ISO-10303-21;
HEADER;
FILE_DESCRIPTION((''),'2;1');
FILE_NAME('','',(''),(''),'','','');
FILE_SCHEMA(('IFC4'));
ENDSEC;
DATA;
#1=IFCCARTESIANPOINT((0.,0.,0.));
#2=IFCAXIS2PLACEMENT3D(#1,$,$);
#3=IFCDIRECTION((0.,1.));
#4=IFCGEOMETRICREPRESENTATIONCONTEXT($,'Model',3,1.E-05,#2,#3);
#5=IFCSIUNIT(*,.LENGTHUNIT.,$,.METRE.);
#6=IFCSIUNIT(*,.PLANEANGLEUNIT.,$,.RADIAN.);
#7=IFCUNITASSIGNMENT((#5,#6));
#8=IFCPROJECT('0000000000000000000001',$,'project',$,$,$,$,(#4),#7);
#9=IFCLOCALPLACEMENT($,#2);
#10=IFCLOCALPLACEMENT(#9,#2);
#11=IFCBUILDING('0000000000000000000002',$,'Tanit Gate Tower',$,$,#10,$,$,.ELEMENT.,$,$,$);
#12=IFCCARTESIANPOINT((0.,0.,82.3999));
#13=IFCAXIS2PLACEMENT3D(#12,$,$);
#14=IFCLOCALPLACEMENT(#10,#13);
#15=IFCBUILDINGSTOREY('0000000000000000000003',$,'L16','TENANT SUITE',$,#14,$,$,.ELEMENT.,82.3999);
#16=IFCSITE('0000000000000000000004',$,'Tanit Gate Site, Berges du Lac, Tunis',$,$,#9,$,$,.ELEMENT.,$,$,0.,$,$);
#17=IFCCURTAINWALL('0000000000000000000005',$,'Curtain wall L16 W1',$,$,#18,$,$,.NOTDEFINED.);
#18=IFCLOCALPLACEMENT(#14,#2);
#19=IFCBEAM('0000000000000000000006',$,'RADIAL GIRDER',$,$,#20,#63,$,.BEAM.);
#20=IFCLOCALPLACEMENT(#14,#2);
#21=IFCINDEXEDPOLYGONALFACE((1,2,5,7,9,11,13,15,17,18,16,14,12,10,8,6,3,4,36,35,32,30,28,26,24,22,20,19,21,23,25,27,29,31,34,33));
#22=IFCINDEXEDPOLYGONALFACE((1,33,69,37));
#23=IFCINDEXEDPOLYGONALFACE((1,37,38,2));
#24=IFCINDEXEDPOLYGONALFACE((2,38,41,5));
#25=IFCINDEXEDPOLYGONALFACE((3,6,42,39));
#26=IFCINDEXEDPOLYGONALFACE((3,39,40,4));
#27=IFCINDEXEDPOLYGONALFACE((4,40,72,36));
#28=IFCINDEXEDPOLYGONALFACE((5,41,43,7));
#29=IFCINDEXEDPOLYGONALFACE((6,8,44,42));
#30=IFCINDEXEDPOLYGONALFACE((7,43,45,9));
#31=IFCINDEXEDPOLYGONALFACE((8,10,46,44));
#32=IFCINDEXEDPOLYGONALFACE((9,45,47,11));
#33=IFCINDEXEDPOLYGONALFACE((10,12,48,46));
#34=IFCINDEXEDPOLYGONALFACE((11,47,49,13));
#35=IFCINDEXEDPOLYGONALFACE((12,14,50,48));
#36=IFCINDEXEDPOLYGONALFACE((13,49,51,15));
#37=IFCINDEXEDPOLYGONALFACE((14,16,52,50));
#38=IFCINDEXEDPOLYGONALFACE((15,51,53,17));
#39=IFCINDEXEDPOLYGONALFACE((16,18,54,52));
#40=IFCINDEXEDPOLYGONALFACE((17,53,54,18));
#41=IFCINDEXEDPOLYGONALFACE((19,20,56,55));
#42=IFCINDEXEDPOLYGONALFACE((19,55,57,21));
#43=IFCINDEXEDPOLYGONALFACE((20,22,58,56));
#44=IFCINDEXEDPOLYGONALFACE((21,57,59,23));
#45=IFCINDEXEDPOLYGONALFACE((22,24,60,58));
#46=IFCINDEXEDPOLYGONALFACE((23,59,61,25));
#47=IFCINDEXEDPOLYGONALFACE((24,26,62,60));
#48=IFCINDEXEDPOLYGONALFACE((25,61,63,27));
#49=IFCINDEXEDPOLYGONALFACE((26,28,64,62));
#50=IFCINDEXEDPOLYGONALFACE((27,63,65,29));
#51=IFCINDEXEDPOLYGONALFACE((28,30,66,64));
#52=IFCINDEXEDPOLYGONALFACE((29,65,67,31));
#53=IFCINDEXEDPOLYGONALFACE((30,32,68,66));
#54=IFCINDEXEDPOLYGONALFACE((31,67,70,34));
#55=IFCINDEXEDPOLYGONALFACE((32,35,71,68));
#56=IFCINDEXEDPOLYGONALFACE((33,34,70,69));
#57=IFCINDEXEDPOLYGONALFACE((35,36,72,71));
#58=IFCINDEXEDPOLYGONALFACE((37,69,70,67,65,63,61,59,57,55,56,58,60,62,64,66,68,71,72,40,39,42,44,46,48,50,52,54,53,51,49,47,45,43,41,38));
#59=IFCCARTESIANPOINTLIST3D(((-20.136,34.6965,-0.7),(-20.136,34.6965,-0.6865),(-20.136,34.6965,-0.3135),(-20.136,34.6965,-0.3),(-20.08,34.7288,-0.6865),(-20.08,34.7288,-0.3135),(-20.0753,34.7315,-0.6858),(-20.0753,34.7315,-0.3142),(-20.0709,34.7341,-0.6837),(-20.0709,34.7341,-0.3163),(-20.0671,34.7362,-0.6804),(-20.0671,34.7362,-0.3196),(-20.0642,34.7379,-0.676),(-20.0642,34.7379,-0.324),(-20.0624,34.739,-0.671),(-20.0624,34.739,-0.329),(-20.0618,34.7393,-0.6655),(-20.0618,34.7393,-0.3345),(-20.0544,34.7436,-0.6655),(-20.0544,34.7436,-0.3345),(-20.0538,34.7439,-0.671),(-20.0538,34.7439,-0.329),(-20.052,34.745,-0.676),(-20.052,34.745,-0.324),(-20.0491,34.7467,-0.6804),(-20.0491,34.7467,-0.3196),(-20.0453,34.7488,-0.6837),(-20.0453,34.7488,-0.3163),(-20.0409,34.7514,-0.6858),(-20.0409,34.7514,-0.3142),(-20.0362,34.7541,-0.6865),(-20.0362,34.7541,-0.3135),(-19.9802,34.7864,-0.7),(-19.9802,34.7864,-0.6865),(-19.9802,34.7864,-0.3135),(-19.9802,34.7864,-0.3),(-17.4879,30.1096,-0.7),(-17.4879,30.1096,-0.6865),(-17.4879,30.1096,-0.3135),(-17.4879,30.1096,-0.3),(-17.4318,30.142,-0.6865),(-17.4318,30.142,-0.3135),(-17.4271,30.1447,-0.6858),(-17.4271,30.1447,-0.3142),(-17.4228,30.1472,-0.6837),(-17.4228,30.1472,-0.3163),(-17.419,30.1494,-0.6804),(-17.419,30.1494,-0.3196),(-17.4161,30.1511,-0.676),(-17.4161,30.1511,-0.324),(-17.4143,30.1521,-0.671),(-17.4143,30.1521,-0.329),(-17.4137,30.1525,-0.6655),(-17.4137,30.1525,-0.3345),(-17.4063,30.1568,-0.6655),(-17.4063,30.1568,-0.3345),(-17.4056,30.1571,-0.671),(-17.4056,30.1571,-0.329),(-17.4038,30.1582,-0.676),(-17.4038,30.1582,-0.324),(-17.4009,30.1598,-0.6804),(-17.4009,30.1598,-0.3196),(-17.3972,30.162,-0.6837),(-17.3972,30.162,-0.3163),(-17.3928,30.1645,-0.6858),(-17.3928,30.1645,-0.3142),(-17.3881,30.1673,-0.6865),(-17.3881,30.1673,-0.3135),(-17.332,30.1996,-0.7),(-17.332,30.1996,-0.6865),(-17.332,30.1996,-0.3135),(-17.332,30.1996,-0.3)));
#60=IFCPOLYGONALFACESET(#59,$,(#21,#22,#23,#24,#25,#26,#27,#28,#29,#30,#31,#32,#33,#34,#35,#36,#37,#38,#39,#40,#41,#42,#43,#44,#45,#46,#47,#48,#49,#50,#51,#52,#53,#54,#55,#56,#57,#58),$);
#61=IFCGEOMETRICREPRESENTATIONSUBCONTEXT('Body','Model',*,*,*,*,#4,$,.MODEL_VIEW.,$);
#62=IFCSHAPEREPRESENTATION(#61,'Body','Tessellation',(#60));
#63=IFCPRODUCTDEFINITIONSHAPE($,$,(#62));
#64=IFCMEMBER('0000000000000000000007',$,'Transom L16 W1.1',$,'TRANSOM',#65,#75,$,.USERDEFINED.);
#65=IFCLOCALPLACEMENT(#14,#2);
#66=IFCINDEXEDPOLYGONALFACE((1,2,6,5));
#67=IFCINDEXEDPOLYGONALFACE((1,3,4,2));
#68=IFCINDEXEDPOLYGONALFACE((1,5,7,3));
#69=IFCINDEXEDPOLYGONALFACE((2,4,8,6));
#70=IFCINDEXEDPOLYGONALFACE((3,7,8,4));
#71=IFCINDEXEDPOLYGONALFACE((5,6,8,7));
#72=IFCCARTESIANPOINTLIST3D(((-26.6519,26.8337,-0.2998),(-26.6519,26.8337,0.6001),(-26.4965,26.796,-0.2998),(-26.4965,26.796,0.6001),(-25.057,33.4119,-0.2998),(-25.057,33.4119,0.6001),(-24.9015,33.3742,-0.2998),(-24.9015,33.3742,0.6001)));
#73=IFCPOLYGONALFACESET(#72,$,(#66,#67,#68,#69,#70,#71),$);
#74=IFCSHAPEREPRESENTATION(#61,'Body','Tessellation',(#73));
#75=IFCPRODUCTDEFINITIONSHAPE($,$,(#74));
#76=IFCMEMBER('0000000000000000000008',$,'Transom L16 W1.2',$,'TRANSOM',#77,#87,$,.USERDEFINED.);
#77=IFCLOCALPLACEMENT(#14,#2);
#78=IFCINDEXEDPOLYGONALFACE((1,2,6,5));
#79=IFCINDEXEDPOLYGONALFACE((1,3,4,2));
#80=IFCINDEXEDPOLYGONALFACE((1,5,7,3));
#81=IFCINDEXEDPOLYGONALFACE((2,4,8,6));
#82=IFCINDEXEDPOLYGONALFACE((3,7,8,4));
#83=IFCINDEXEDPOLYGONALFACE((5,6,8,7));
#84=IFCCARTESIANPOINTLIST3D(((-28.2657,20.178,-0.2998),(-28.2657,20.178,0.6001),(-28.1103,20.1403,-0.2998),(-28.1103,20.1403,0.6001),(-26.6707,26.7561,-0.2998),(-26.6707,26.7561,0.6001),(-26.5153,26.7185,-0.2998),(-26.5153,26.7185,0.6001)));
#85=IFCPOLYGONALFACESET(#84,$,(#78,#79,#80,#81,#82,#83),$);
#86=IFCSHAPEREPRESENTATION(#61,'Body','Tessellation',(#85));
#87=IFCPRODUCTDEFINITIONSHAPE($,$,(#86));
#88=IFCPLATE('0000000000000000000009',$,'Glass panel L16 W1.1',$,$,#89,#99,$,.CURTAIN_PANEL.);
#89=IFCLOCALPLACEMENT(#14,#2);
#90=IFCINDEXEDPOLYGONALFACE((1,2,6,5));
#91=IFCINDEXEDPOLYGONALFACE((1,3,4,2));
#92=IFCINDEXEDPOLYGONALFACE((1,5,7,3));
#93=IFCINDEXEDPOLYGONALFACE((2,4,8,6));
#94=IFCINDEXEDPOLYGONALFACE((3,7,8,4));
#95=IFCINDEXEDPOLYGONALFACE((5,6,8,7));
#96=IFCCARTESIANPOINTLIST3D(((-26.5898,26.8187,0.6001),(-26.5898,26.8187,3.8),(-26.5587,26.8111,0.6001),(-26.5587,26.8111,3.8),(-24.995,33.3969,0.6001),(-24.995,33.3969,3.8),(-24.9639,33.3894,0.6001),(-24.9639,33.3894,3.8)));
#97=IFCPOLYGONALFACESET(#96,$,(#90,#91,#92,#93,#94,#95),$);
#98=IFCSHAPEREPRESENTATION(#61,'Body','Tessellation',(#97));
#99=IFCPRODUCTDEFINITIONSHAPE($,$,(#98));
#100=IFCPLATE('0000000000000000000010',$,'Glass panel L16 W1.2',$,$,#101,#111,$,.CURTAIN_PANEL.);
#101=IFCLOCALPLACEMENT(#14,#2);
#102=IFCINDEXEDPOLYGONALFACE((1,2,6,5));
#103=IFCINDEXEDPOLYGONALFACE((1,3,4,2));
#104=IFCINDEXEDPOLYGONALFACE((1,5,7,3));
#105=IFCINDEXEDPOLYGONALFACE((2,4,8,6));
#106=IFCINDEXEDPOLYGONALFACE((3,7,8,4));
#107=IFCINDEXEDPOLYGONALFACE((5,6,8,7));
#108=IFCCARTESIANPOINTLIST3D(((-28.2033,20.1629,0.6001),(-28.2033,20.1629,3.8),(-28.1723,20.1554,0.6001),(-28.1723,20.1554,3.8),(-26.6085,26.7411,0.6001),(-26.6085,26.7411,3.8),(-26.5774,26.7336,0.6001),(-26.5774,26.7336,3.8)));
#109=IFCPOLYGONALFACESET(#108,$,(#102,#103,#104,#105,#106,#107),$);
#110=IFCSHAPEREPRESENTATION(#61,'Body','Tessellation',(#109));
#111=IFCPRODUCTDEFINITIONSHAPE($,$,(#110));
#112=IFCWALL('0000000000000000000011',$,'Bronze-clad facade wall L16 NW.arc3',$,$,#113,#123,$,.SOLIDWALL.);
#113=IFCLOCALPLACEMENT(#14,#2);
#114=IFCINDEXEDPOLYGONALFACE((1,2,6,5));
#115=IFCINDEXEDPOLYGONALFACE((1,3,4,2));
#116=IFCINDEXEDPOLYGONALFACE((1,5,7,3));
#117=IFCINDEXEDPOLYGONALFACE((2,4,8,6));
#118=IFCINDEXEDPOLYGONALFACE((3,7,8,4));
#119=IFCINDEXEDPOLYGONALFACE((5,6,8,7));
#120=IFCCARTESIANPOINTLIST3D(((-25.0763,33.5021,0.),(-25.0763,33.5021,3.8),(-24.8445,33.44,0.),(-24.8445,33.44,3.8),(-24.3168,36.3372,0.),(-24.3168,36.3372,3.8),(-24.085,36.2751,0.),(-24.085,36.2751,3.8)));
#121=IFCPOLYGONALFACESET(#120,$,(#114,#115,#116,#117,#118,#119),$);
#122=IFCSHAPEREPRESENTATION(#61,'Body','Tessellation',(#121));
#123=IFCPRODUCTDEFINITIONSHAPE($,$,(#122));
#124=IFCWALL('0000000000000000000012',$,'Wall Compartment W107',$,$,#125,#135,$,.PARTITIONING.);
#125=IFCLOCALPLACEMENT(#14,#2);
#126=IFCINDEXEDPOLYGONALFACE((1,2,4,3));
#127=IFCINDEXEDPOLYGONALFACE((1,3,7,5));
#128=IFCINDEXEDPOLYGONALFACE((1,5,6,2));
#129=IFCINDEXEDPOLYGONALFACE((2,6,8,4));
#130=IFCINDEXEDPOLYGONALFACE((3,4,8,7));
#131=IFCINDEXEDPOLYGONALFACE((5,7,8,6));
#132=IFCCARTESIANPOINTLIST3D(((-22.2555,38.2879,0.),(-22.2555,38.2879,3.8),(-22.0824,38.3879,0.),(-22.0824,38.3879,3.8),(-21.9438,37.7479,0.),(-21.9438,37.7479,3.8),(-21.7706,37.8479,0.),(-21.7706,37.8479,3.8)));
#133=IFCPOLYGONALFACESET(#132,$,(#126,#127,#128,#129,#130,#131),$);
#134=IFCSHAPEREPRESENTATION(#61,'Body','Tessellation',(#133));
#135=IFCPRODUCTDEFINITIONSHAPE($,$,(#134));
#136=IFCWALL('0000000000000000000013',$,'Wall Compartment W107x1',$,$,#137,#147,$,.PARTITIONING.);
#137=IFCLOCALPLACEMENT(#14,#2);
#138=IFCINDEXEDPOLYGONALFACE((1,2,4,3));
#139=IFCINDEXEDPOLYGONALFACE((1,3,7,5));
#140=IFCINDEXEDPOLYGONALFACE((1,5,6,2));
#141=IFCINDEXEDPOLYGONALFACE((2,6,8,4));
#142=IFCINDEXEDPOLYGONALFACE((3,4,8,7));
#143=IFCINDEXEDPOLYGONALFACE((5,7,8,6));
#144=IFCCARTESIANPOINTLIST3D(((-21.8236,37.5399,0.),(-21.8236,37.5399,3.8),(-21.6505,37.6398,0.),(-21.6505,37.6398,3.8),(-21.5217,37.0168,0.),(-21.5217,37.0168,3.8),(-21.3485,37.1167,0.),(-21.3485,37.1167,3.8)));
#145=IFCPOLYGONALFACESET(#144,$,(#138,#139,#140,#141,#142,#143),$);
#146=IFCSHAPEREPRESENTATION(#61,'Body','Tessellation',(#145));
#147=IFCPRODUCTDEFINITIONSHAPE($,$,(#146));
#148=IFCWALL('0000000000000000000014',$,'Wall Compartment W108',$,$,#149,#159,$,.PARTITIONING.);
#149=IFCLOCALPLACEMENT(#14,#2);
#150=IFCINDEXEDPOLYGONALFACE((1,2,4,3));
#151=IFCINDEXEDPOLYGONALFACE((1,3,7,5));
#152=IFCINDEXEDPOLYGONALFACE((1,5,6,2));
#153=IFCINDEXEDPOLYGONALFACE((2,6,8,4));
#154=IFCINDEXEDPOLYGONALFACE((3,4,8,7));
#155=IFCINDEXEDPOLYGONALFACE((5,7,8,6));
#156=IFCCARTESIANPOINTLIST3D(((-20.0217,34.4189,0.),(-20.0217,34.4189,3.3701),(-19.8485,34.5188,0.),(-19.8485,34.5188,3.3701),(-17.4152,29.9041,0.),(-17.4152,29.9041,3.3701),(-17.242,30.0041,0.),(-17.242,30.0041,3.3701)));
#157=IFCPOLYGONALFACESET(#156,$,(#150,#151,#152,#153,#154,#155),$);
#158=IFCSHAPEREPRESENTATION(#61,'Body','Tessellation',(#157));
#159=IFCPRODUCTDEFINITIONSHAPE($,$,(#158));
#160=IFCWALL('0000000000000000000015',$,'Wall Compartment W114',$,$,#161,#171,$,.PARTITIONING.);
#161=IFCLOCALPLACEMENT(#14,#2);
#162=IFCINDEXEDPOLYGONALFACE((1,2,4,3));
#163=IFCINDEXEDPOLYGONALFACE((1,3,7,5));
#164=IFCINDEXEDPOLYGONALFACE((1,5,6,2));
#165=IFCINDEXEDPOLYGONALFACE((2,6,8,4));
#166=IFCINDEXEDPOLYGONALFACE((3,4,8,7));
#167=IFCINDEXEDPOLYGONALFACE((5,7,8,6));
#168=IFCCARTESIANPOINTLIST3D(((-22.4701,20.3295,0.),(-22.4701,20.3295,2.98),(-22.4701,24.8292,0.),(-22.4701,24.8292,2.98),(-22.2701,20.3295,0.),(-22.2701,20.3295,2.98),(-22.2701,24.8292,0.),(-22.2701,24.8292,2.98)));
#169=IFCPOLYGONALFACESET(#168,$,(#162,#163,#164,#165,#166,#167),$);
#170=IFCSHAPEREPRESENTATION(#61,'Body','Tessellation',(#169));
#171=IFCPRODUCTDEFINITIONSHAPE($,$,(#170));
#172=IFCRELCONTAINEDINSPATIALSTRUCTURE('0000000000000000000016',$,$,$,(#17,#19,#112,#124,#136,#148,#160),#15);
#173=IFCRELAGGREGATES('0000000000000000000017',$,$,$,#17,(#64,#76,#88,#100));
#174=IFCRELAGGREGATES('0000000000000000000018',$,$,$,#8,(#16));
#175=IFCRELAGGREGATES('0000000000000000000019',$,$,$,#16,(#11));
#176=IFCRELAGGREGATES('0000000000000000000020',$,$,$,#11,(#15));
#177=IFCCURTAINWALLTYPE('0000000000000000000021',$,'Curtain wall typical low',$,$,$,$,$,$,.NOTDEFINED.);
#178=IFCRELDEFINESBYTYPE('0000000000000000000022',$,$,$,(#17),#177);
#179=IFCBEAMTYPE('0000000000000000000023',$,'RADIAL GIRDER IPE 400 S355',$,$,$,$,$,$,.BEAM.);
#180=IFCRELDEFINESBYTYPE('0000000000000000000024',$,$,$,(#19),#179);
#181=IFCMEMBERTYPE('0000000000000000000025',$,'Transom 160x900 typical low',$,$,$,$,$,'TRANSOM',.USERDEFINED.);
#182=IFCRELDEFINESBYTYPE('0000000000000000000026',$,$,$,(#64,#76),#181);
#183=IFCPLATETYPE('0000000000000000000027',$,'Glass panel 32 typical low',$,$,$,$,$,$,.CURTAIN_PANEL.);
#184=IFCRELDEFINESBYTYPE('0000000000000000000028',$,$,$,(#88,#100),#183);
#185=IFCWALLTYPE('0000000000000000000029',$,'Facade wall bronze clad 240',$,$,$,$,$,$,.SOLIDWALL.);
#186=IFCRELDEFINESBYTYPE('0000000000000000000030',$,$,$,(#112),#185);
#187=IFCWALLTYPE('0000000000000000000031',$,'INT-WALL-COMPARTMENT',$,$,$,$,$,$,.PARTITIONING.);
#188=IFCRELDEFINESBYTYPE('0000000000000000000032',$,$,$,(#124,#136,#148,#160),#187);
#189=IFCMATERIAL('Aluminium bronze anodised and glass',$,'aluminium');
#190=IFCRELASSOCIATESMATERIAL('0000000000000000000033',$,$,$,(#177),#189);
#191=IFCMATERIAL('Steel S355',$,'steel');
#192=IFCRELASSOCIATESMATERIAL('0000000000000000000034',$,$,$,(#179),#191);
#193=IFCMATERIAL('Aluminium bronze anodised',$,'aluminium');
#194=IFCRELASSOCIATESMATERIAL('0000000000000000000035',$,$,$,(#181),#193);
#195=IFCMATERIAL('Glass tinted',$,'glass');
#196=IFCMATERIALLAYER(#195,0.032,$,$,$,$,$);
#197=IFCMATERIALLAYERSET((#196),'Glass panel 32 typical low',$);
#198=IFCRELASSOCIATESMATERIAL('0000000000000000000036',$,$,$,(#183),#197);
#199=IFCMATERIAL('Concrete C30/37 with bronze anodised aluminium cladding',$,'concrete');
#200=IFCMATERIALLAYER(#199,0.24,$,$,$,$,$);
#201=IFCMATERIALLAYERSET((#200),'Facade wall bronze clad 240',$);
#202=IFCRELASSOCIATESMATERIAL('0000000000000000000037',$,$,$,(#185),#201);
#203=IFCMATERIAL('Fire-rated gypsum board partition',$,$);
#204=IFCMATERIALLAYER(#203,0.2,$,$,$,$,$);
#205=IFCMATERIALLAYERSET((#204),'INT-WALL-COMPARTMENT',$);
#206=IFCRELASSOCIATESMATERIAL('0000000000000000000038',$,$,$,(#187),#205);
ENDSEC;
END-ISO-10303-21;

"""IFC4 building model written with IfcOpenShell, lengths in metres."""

from ifc_helpers import new_model, si_unit, direction, frame, frame_2d, origin, origin_2d, place, context, subcontext, project, spatial, rectangle, i_section, extrude, material, layer, layer_set, material_profile, profile_set, type_object, element, aggregate, save


model = new_model("IFC4")

# Units and contexts
model_context = context("Model", 3, precision=1e-05, world=origin(), true_north=direction((0.0, 1.0)))
body_context = subcontext(model_context, "Body", "Model", "MODEL_VIEW")
ifc_project = project(units=[si_unit("LENGTHUNIT", "METRE"), si_unit("PLANEANGLEUNIT", "RADIAN")], contexts=[model_context])

# Site, building, storey
site_placement = place(None, origin())
site = spatial("IfcSite", under=ifc_project, at=site_placement, Name="Tanit Gate Site, Berges du Lac, Tunis", CompositionType="ELEMENT", RefElevation=0.0)
building_placement = place(site_placement, origin())
building = spatial("IfcBuilding", under=site, at=building_placement, Name="Tanit Gate Tower", CompositionType="ELEMENT")
storey_placement = place(building_placement, frame((0.0, 0.0, 82.3999)))
storey = spatial("IfcBuildingStorey", under=building, at=storey_placement, Name="L16", Description="TENANT SUITE", CompositionType="ELEMENT", Elevation=82.3999)

# Curtain wall
ifc_material_1 = material(Name="Aluminium bronze anodised and glass", Category="aluminium")
curtain_wall_type = type_object("IfcCurtainWallType", Name="Curtain wall typical low", PredefinedType="NOTDEFINED", material=ifc_material_1)
curtain_wall_placement = place(storey_placement, origin())
curtain_wall = element("IfcCurtainWall", 1, at=curtain_wall_placement, inside=storey, type_object=curtain_wall_type, Name="Curtain wall L16 W1", PredefinedType="NOTDEFINED")

# Beam
ifc_material_2 = material(Name="Steel S355", Category="steel")
ifc_material_profile_1 = material_profile(ifc_material_2, i_section(OverallWidth=0.1799, OverallDepth=0.3999, WebThickness=0.0085, FlangeThickness=0.0134, FilletRadius=0.021, at=origin_2d()), Name="IPE 400")
ifc_profile_set_1 = profile_set([ifc_material_profile_1], Name="Steel S355")
beam_type_1 = type_object("IfcBeamType", Name="RADIAL GIRDER IPE 400 S355", PredefinedType="BEAM", material=ifc_profile_set_1)
beam_1_placement = place(storey_placement, frame((-20.0581, 34.7415, -0.5), z_axis=(0.499991, -0.866031, 0.0), x_axis=(0.866031, 0.499991, 0.0)))
element("IfcBeam", 2, at=beam_1_placement, inside=storey, type_object=beam_type_1, Name="RADIAL GIRDER", PredefinedType="BEAM", context=body_context, shape_type="SweptSolid", body=[
    extrude(i_section(OverallWidth=0.1799, OverallDepth=0.3999, WebThickness=0.0085, FlangeThickness=0.0134, FilletRadius=0.021, at=origin_2d()), origin(), (0.0, 0.0, 1.0), 5.2964),
])

# Members
ifc_material_3 = material(Name="Aluminium bronze anodised", Category="aluminium")
ifc_material_profile_2 = material_profile(ifc_material_3, rectangle(XDim=0.1599, YDim=0.8999, at=origin_2d()), Name="160x900 bronze transom")
ifc_profile_set_2 = profile_set([ifc_material_profile_2], Name="Aluminium bronze anodised")
member_type_1 = type_object("IfcMemberType", Name="Transom 160x900 typical low", ElementType="TRANSOM", PredefinedType="USERDEFINED", material=ifc_profile_set_2)
member_1_placement = place(storey_placement, frame((-24.9792, 33.3931, 0.1501), z_axis=(-0.235638, -0.971841, 0.0), x_axis=(0.971841, -0.235638, 0.0)))
member_1 = element("IfcMember", 3, at=member_1_placement, type_object=member_type_1, Name="Transom L16 W1.1", ObjectType="TRANSOM", PredefinedType="USERDEFINED", context=body_context, shape_type="SweptSolid", body=[
    extrude(rectangle(XDim=0.1599, YDim=0.8999, at=origin_2d()), origin(), (0.0, 0.0, 1.0), 6.7688),
])
member_2_placement = place(storey_placement, frame((-26.593, 26.7373, 0.1501), z_axis=(-0.235638, -0.971841, 0.0), x_axis=(0.971841, -0.235638, 0.0)))
member_2 = element("IfcMember", 4, at=member_2_placement, type_object=member_type_1, Name="Transom L16 W1.2", ObjectType="TRANSOM", PredefinedType="USERDEFINED", context=body_context, shape_type="SweptSolid", body=[
    extrude(rectangle(XDim=0.1599, YDim=0.8999, at=origin_2d()), origin(), (0.0, 0.0, 1.0), 6.7688),
])

# Plates
ifc_material_4 = material(Name="Glass tinted", Category="glass")
ifc_layer_1 = layer(ifc_material_4, 0.032)
ifc_layer_set_1 = layer_set([ifc_layer_1], Name="Glass panel 32 typical low")
plate_type = type_object("IfcPlateType", Name="Glass panel 32 typical low", PredefinedType="CURTAIN_PANEL", material=ifc_layer_set_1)
plate_1_placement = place(storey_placement, frame((-25.7769, 30.104, 0.6001), z_axis=(0.0, 0.0, 1.0), x_axis=(-0.235618, -0.971846, 0.0)))
plate_1 = element("IfcPlate", 5, at=plate_1_placement, type_object=plate_type, Name="Glass panel L16 W1.1", PredefinedType="CURTAIN_PANEL", context=body_context, shape_type="SweptSolid", body=[
    extrude(rectangle(XDim=6.7688, YDim=0.032, at=origin_2d()), origin(), (0.0, 0.0, 1.0), 3.2),
])
plate_2_placement = place(storey_placement, frame((-27.3904, 23.4482, 0.6001), z_axis=(0.0, 0.0, 1.0), x_axis=(-0.235618, -0.971846, 0.0)))
plate_2 = element("IfcPlate", 6, at=plate_2_placement, type_object=plate_type, Name="Glass panel L16 W1.2", PredefinedType="CURTAIN_PANEL", context=body_context, shape_type="SweptSolid", body=[
    extrude(rectangle(XDim=6.7688, YDim=0.032, at=origin_2d()), origin(), (0.0, 0.0, 1.0), 3.2),
])
aggregate(curtain_wall, [member_1, member_2, plate_1, plate_2])

# Walls
ifc_material_5 = material(Name="Concrete C30/37 with bronze anodised aluminium cladding", Category="concrete")
ifc_layer_2 = layer(ifc_material_5, 0.24)
ifc_layer_set_2 = layer_set([ifc_layer_2], Name="Facade wall bronze clad 240")
wall_type_1 = type_object("IfcWallType", Name="Facade wall bronze clad 240", PredefinedType="SOLIDWALL", material=ifc_layer_set_2)
wall_1_placement = place(storey_placement, frame((-24.2009, 36.3062, 0.0), z_axis=(0.0, 0.0, 1.0), x_axis=(-0.258765, -0.96594, 0.0)))
element("IfcWall", 7, at=wall_1_placement, inside=storey, type_object=wall_type_1, Name="Bronze-clad facade wall L16 NW.arc3", PredefinedType="SOLIDWALL", context=body_context, shape_type="SweptSolid", body=[
    extrude(rectangle(XDim=2.9351, YDim=0.24, at=frame_2d((1.4675, 0.0))), origin(), (0.0, 0.0, 1.0), 3.8),
])
ifc_material_6 = material(Name="Fire-rated gypsum board partition")
ifc_layer_3 = layer(ifc_material_6, 0.2)
ifc_layer_set_3 = layer_set([ifc_layer_3], Name="INT-WALL-COMPARTMENT")
wall_type_2 = type_object("IfcWallType", Name="INT-WALL-COMPARTMENT", PredefinedType="PARTITIONING", material=ifc_layer_set_3)
wall_2_placement = place(storey_placement, frame((-22.1689, 38.3379, 0.0), z_axis=(0.0, 0.0, 1.0), x_axis=(0.499971, -0.866042, 0.0)))
element("IfcWall", 8, at=wall_2_placement, inside=storey, type_object=wall_type_2, Name="Wall Compartment W107", PredefinedType="PARTITIONING", context=body_context, shape_type="SweptSolid", body=[
    extrude(rectangle(XDim=0.6235, YDim=0.2, at=frame_2d((0.3118, 0.0))), origin(), (0.0, 0.0, 1.0), 3.8),
])
wall_3_placement = place(storey_placement, frame((-21.7371, 37.5898, 0.0), z_axis=(0.0, 0.0, 1.0), x_axis=(0.499921, -0.866071, 0.0)))
element("IfcWall", 9, at=wall_3_placement, inside=storey, type_object=wall_type_2, Name="Wall Compartment W107x1", PredefinedType="PARTITIONING", context=body_context, shape_type="SweptSolid", body=[
    extrude(rectangle(XDim=0.604, YDim=0.2, at=frame_2d((0.302, 0.0))), origin(), (0.0, 0.0, 1.0), 3.8),
])
wall_4_placement = place(storey_placement, frame((-19.9351, 34.4688, 0.0), z_axis=(0.0, 0.0, 1.0), x_axis=(0.499987, -0.866033, 0.0)))
element("IfcWall", 10, at=wall_4_placement, inside=storey, type_object=wall_type_2, Name="Wall Compartment W108", PredefinedType="PARTITIONING", context=body_context, shape_type="SweptSolid", body=[
    extrude(rectangle(XDim=5.2131, YDim=0.2, at=frame_2d((2.6064, 0.0))), origin(), (0.0, 0.0, 1.0), 3.3701),
])
wall_5_placement = place(storey_placement, frame((-22.3701, 20.3293, 0.0), z_axis=(0.0, 0.0, 1.0), x_axis=(0.0, 1.0, 0.0)))
element("IfcWall", 11, at=wall_5_placement, inside=storey, type_object=wall_type_2, Name="Wall Compartment W114", PredefinedType="PARTITIONING", context=body_context, shape_type="SweptSolid", body=[
    extrude(rectangle(XDim=4.4998, YDim=0.2, at=frame_2d((2.25, 0.0))), origin(), (0.0, 0.0, 1.0), 2.98),
])

save(model, "model.ifc")
